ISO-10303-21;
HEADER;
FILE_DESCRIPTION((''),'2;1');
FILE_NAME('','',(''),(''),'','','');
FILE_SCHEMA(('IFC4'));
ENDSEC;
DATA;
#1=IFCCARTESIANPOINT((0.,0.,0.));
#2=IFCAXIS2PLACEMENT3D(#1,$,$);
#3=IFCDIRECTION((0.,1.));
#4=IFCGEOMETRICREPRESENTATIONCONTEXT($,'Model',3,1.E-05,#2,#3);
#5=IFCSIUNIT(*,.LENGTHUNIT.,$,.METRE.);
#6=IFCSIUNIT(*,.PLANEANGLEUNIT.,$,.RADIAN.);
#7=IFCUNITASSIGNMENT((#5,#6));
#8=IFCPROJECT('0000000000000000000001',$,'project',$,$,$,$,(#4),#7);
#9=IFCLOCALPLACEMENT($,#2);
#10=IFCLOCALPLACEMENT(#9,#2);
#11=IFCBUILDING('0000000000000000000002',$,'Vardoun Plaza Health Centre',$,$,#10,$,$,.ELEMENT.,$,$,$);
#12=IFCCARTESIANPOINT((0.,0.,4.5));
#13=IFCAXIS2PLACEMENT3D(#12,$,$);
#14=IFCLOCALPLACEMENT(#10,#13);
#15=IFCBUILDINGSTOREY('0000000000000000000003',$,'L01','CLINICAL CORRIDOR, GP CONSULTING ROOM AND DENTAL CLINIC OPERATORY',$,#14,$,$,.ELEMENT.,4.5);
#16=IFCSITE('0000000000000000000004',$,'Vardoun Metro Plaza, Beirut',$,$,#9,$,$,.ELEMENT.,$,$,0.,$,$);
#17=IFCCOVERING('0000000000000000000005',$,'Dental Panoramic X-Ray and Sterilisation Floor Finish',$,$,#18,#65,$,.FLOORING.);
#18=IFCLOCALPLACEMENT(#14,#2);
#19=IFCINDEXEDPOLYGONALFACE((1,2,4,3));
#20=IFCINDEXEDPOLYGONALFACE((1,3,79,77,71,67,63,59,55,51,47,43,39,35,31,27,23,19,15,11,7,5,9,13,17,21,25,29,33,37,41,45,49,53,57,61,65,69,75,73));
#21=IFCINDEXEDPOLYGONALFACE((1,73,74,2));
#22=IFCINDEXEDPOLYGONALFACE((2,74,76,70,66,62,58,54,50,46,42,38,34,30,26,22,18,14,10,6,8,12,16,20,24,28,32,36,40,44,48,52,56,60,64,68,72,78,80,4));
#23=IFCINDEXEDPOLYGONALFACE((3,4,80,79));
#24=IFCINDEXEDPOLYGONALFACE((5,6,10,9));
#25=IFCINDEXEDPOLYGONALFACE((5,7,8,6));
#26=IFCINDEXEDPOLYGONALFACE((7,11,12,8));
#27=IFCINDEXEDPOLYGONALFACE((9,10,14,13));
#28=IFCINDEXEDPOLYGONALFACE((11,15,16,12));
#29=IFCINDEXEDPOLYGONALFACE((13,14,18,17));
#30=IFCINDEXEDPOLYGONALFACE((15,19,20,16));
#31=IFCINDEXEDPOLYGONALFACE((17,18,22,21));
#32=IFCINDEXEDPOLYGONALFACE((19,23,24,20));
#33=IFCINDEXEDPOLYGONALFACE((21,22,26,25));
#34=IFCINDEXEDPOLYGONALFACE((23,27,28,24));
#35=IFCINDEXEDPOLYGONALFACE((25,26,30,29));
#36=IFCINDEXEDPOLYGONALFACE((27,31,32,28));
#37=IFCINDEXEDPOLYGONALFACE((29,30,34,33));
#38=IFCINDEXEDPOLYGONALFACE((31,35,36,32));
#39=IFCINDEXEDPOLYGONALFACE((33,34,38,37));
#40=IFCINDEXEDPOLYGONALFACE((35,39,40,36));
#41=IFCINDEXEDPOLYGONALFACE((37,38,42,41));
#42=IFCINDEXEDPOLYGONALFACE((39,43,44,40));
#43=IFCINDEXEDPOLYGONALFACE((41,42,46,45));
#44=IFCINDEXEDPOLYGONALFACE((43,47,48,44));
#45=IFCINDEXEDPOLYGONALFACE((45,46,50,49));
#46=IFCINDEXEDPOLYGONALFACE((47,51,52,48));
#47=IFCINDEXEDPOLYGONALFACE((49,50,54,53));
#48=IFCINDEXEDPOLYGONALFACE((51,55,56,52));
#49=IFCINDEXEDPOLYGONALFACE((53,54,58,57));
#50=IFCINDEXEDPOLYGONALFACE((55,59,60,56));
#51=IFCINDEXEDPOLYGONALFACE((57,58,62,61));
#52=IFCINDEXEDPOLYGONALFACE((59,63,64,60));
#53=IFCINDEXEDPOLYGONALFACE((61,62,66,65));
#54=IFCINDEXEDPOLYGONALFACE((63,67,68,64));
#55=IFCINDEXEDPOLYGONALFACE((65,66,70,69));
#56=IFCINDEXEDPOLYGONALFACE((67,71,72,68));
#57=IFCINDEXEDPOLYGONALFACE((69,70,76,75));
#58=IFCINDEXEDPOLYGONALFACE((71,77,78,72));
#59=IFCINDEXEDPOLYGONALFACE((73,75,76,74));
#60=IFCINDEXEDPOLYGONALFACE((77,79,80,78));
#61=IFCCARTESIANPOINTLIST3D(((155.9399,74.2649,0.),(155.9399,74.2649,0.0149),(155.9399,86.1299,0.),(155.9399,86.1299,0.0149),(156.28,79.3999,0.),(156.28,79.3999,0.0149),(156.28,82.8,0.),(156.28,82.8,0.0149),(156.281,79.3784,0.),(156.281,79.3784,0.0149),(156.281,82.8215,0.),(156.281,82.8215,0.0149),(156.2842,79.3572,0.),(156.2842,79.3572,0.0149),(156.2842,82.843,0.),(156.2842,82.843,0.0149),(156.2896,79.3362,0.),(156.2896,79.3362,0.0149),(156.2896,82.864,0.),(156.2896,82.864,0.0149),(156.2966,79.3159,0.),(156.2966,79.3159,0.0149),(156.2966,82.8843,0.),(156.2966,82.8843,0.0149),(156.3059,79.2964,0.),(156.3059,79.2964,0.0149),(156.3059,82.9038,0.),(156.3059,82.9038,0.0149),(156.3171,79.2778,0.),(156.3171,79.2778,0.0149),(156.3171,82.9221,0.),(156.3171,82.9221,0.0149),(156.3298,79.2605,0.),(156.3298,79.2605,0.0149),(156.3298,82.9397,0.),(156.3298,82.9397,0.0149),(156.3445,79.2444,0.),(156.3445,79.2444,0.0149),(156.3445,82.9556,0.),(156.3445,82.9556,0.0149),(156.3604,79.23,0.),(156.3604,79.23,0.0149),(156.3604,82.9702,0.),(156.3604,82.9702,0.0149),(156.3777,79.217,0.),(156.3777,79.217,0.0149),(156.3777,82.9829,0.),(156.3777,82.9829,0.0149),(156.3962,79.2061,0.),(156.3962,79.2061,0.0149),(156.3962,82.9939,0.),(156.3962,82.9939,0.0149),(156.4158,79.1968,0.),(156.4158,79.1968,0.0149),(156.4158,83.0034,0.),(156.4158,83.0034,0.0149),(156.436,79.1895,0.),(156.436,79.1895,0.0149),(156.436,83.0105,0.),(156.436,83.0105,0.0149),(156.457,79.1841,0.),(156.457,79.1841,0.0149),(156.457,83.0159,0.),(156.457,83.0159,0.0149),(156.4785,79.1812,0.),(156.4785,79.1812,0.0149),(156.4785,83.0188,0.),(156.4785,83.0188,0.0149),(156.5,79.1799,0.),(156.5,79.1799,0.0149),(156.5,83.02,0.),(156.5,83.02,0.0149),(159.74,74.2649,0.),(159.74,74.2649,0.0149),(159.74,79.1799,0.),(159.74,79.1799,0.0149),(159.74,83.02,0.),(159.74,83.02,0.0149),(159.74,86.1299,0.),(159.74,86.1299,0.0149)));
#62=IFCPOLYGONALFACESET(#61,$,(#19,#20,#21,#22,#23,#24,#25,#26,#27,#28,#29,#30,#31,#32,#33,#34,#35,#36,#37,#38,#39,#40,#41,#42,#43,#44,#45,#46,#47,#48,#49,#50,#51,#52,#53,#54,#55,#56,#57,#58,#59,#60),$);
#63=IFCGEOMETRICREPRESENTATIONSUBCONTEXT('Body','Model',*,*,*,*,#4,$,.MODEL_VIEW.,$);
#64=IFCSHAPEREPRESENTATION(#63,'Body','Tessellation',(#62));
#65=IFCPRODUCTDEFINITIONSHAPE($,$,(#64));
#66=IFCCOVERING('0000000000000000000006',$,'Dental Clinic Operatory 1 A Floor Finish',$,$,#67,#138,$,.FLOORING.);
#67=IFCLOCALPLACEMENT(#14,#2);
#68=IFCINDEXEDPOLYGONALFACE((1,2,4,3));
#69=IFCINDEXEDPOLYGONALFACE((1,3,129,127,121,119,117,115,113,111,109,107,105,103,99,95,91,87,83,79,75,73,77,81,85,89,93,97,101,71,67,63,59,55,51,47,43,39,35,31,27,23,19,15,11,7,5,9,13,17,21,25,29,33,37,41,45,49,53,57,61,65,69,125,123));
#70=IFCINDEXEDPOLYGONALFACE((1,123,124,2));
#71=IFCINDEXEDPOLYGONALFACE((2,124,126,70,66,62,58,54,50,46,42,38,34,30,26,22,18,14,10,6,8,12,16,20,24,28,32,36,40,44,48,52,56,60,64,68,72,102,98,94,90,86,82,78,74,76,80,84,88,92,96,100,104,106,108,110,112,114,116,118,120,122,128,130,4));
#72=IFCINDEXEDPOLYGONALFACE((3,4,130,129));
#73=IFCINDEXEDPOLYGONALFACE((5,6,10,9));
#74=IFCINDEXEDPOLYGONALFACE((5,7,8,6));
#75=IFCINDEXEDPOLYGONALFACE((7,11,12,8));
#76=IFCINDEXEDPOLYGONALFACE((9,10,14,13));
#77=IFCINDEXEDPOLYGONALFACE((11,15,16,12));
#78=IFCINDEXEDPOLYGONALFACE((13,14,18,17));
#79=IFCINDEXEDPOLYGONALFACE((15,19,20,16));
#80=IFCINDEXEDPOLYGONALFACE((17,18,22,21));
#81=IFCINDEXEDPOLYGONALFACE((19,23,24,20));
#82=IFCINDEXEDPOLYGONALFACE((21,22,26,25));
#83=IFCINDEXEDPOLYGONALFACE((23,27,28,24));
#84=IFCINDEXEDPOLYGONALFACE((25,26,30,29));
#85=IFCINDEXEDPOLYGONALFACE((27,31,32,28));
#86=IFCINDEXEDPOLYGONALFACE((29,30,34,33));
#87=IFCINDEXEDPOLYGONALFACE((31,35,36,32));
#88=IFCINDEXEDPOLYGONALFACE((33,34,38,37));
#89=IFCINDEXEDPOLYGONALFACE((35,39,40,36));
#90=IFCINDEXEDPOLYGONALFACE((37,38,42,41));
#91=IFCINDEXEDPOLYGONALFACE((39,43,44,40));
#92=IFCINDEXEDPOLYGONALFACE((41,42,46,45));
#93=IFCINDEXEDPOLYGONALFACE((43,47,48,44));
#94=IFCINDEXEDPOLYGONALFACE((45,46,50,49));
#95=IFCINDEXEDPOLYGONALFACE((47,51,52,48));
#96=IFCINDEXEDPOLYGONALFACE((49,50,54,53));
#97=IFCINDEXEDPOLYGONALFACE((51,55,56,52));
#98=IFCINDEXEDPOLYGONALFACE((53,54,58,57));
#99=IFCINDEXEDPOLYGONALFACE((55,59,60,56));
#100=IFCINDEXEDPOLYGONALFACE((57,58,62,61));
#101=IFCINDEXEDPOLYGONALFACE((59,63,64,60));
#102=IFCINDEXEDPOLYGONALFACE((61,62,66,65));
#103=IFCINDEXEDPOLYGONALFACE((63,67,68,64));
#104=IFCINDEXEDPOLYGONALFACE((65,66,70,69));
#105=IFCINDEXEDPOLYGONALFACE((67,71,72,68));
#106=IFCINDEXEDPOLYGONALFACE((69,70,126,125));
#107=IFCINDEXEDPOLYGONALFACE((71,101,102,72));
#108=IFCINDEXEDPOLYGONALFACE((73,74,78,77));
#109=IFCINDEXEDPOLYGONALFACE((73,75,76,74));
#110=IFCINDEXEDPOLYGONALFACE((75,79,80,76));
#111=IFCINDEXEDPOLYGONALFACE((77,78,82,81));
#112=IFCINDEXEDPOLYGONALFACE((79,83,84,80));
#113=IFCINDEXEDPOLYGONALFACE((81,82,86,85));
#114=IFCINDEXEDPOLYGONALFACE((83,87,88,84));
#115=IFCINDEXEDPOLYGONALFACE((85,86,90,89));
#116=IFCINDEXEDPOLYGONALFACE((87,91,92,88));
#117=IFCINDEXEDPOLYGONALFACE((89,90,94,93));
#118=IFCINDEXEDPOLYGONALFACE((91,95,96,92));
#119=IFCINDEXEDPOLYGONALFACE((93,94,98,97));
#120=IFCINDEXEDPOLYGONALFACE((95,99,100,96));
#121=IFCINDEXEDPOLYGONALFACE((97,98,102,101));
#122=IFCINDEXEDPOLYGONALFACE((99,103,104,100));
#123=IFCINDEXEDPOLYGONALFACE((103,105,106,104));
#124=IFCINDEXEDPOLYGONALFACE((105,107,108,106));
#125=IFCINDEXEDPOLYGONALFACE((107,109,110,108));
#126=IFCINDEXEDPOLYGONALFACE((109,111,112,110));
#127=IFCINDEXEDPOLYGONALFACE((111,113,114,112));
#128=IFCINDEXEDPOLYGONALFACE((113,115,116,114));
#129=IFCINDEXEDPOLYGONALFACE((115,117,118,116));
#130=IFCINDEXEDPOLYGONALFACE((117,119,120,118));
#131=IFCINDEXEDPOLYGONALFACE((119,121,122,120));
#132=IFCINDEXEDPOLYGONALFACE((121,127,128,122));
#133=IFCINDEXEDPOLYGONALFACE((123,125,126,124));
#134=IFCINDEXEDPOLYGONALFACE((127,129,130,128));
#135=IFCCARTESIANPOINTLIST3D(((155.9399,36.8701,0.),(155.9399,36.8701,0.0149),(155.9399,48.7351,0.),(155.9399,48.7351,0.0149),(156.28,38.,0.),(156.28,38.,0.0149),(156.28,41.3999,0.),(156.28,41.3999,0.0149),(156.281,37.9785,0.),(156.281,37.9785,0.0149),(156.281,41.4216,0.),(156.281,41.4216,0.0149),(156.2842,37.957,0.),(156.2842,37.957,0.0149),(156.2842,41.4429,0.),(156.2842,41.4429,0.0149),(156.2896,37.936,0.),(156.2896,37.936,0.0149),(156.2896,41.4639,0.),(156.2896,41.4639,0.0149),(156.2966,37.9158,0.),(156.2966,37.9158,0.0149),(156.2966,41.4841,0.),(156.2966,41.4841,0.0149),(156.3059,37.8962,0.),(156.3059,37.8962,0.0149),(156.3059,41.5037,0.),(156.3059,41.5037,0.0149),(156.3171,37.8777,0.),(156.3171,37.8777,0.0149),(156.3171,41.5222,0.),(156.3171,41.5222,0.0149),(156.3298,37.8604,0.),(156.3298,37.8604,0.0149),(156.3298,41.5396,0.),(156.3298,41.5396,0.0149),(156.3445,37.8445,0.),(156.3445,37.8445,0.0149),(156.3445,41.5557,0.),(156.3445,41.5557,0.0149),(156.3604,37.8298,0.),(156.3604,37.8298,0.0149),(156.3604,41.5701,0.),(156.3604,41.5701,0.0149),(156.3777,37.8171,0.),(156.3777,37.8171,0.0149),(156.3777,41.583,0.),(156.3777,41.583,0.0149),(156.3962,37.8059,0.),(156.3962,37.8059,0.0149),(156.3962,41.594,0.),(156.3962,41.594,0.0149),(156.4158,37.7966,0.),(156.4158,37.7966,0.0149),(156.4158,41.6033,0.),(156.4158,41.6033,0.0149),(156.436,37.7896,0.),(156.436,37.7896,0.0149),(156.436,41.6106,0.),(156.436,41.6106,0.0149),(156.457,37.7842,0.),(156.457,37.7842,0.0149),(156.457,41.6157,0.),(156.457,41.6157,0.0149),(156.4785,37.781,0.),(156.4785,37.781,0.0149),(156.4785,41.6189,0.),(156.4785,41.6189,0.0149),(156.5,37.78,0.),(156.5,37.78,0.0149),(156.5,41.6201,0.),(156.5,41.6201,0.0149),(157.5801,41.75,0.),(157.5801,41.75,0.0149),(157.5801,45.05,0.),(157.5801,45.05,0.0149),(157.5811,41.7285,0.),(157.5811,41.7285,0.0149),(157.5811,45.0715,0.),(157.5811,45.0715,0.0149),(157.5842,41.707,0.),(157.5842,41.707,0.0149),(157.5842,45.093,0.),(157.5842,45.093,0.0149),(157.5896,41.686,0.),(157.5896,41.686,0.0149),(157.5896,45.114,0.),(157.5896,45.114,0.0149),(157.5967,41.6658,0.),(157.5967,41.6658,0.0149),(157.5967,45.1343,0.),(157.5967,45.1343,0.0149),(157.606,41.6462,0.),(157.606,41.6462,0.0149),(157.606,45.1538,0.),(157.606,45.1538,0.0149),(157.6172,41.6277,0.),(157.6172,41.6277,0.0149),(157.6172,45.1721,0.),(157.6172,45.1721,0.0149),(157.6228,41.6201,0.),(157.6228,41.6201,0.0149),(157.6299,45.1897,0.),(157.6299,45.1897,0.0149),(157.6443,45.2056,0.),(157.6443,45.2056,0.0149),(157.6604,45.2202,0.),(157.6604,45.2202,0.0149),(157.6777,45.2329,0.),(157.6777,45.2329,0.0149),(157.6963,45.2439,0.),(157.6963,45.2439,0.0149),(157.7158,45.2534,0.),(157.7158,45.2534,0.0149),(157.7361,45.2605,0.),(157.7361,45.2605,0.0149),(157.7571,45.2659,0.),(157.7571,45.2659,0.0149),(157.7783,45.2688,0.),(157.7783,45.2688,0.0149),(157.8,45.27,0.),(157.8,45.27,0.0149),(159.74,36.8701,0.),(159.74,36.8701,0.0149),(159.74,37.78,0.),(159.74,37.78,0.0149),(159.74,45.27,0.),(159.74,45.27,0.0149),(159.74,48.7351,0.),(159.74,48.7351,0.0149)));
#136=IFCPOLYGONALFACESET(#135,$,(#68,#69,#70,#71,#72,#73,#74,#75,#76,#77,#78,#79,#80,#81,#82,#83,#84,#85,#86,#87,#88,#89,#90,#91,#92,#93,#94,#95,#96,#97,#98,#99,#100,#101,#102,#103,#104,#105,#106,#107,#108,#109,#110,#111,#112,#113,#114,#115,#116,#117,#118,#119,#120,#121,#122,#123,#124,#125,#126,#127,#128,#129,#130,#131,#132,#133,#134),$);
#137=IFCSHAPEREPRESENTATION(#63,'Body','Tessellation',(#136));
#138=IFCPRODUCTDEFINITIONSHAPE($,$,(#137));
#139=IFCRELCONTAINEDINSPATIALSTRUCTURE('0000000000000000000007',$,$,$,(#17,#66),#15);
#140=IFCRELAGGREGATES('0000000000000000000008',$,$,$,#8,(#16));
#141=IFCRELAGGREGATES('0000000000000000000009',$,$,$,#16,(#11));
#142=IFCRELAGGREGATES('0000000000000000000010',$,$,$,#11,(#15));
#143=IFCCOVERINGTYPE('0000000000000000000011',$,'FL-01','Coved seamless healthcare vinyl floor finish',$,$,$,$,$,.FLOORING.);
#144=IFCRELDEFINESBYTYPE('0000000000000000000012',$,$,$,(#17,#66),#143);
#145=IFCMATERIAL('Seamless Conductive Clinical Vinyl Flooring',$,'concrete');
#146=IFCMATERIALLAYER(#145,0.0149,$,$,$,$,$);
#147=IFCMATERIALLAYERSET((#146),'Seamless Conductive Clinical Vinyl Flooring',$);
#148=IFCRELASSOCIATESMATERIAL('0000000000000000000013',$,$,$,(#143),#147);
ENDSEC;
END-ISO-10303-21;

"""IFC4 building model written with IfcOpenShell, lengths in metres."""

from ifc_helpers import new_model, si_unit, direction, frame, origin, place, context, subcontext, project, spatial, polyline, outline, extrude, material, layer, layer_set, type_object, element, save


model = new_model("IFC4")

# Units and contexts
model_context = context("Model", 3, precision=1e-05, world=origin(), true_north=direction((0.0, 1.0)))
body_context = subcontext(model_context, "Body", "Model", "MODEL_VIEW")
ifc_project = project(units=[si_unit("LENGTHUNIT", "METRE"), si_unit("PLANEANGLEUNIT", "RADIAN")], contexts=[model_context])

# Site, building, storey
site_placement = place(None, origin())
site = spatial("IfcSite", under=ifc_project, at=site_placement, Name="Vardoun Metro Plaza, Beirut", CompositionType="ELEMENT", RefElevation=0.0)
building_placement = place(site_placement, origin())
building = spatial("IfcBuilding", under=site, at=building_placement, Name="Vardoun Plaza Health Centre", CompositionType="ELEMENT")
storey_placement = place(building_placement, frame((0.0, 0.0, 4.5)))
storey = spatial("IfcBuildingStorey", under=building, at=storey_placement, Name="L01", Description="CLINICAL CORRIDOR, GP CONSULTING ROOM AND DENTAL CLINIC OPERATORY", CompositionType="ELEMENT", Elevation=4.5)

# Coverings
ifc_material_1 = material(Name="Seamless Conductive Clinical Vinyl Flooring", Category="concrete")
ifc_layer_1 = layer(ifc_material_1, 0.0149)
ifc_layer_set_1 = layer_set([ifc_layer_1], Name="Seamless Conductive Clinical Vinyl Flooring")
covering_type_1 = type_object("IfcCoveringType", Name="FL-01", Description="Coved seamless healthcare vinyl floor finish", PredefinedType="FLOORING", material=ifc_layer_set_1)
covering_1_placement = place(storey_placement, origin())
element("IfcCovering", 1, at=covering_1_placement, inside=storey, type_object=covering_type_1, Name="Dental Panoramic X-Ray and Sterilisation Floor Finish", PredefinedType="FLOORING", context=body_context, shape_type="SweptSolid", body=[
    extrude(outline(polyline([(159.74, 86.1299), (159.74, 83.02), (156.5, 83.02), (156.4785, 83.0188), (156.457, 83.0159), (156.436, 83.0105), (156.4158, 83.0034), (156.3962, 82.9939), (156.3777, 82.9829), (156.3604, 82.9702), (156.3445, 82.9556), (156.3298, 82.9397), (156.3171, 82.9221), (156.3059, 82.9038), (156.2966, 82.8843), (156.2896, 82.864), (156.2842, 82.843), (156.281, 82.8215), (156.28, 82.8), (156.28, 79.3999), (156.281, 79.3784), (156.2842, 79.3572), (156.2896, 79.3362), (156.2966, 79.3159), (156.3059, 79.2964), (156.3171, 79.2778), (156.3298, 79.2605), (156.3445, 79.2444), (156.3604, 79.23), (156.3777, 79.217), (156.3962, 79.2061), (156.4158, 79.1968), (156.436, 79.1895), (156.457, 79.1841), (156.4785, 79.1812), (156.5, 79.1799), (159.74, 79.1799), (159.74, 74.2649), (155.9399, 74.2649), (155.9399, 86.1299), (159.74, 86.1299)])), origin(), (0.0, 0.0, 1.0), 0.0149),
])
covering_2_placement = place(storey_placement, origin())
element("IfcCovering", 2, at=covering_2_placement, inside=storey, type_object=covering_type_1, Name="Dental Clinic Operatory 1 A Floor Finish", PredefinedType="FLOORING", context=body_context, shape_type="SweptSolid", body=[
    extrude(outline(polyline([(157.6228, 41.6201), (156.5, 41.6201), (156.4785, 41.6189), (156.457, 41.6157), (156.436, 41.6106), (156.4158, 41.6033), (156.3962, 41.594), (156.3777, 41.583), (156.3604, 41.5701), (156.3445, 41.5557), (156.3298, 41.5396), (156.3171, 41.5222), (156.3059, 41.5037), (156.2966, 41.4841), (156.2896, 41.4639), (156.2842, 41.4429), (156.281, 41.4216), (156.28, 41.3999), (156.28, 38.0), (156.281, 37.9785), (156.2842, 37.957), (156.2896, 37.936), (156.2966, 37.9158), (156.3059, 37.8962), (156.3171, 37.8777), (156.3298, 37.8604), (156.3445, 37.8445), (156.3604, 37.8298), (156.3777, 37.8171), (156.3962, 37.8059), (156.4158, 37.7966), (156.436, 37.7896), (156.457, 37.7842), (156.4785, 37.781), (156.5, 37.78), (159.74, 37.78), (159.74, 36.8701), (155.9399, 36.8701), (155.9399, 48.7351), (159.74, 48.7351), (159.74, 45.27), (157.8, 45.27), (157.7783, 45.2688), (157.7571, 45.2659), (157.7361, 45.2605), (157.7158, 45.2534), (157.6963, 45.2439), (157.6777, 45.2329), (157.6604, 45.2202), (157.6443, 45.2056), (157.6299, 45.1897), (157.6172, 45.1721), (157.606, 45.1538), (157.5967, 45.1343), (157.5896, 45.114), (157.5842, 45.093), (157.5811, 45.0715), (157.5801, 45.05), (157.5801, 41.75), (157.5811, 41.7285), (157.5842, 41.707), (157.5896, 41.686), (157.5967, 41.6658), (157.606, 41.6462), (157.6172, 41.6277), (157.6228, 41.6201)])), origin(), (0.0, 0.0, 1.0), 0.0149),
])

save(model, "model.ifc")
